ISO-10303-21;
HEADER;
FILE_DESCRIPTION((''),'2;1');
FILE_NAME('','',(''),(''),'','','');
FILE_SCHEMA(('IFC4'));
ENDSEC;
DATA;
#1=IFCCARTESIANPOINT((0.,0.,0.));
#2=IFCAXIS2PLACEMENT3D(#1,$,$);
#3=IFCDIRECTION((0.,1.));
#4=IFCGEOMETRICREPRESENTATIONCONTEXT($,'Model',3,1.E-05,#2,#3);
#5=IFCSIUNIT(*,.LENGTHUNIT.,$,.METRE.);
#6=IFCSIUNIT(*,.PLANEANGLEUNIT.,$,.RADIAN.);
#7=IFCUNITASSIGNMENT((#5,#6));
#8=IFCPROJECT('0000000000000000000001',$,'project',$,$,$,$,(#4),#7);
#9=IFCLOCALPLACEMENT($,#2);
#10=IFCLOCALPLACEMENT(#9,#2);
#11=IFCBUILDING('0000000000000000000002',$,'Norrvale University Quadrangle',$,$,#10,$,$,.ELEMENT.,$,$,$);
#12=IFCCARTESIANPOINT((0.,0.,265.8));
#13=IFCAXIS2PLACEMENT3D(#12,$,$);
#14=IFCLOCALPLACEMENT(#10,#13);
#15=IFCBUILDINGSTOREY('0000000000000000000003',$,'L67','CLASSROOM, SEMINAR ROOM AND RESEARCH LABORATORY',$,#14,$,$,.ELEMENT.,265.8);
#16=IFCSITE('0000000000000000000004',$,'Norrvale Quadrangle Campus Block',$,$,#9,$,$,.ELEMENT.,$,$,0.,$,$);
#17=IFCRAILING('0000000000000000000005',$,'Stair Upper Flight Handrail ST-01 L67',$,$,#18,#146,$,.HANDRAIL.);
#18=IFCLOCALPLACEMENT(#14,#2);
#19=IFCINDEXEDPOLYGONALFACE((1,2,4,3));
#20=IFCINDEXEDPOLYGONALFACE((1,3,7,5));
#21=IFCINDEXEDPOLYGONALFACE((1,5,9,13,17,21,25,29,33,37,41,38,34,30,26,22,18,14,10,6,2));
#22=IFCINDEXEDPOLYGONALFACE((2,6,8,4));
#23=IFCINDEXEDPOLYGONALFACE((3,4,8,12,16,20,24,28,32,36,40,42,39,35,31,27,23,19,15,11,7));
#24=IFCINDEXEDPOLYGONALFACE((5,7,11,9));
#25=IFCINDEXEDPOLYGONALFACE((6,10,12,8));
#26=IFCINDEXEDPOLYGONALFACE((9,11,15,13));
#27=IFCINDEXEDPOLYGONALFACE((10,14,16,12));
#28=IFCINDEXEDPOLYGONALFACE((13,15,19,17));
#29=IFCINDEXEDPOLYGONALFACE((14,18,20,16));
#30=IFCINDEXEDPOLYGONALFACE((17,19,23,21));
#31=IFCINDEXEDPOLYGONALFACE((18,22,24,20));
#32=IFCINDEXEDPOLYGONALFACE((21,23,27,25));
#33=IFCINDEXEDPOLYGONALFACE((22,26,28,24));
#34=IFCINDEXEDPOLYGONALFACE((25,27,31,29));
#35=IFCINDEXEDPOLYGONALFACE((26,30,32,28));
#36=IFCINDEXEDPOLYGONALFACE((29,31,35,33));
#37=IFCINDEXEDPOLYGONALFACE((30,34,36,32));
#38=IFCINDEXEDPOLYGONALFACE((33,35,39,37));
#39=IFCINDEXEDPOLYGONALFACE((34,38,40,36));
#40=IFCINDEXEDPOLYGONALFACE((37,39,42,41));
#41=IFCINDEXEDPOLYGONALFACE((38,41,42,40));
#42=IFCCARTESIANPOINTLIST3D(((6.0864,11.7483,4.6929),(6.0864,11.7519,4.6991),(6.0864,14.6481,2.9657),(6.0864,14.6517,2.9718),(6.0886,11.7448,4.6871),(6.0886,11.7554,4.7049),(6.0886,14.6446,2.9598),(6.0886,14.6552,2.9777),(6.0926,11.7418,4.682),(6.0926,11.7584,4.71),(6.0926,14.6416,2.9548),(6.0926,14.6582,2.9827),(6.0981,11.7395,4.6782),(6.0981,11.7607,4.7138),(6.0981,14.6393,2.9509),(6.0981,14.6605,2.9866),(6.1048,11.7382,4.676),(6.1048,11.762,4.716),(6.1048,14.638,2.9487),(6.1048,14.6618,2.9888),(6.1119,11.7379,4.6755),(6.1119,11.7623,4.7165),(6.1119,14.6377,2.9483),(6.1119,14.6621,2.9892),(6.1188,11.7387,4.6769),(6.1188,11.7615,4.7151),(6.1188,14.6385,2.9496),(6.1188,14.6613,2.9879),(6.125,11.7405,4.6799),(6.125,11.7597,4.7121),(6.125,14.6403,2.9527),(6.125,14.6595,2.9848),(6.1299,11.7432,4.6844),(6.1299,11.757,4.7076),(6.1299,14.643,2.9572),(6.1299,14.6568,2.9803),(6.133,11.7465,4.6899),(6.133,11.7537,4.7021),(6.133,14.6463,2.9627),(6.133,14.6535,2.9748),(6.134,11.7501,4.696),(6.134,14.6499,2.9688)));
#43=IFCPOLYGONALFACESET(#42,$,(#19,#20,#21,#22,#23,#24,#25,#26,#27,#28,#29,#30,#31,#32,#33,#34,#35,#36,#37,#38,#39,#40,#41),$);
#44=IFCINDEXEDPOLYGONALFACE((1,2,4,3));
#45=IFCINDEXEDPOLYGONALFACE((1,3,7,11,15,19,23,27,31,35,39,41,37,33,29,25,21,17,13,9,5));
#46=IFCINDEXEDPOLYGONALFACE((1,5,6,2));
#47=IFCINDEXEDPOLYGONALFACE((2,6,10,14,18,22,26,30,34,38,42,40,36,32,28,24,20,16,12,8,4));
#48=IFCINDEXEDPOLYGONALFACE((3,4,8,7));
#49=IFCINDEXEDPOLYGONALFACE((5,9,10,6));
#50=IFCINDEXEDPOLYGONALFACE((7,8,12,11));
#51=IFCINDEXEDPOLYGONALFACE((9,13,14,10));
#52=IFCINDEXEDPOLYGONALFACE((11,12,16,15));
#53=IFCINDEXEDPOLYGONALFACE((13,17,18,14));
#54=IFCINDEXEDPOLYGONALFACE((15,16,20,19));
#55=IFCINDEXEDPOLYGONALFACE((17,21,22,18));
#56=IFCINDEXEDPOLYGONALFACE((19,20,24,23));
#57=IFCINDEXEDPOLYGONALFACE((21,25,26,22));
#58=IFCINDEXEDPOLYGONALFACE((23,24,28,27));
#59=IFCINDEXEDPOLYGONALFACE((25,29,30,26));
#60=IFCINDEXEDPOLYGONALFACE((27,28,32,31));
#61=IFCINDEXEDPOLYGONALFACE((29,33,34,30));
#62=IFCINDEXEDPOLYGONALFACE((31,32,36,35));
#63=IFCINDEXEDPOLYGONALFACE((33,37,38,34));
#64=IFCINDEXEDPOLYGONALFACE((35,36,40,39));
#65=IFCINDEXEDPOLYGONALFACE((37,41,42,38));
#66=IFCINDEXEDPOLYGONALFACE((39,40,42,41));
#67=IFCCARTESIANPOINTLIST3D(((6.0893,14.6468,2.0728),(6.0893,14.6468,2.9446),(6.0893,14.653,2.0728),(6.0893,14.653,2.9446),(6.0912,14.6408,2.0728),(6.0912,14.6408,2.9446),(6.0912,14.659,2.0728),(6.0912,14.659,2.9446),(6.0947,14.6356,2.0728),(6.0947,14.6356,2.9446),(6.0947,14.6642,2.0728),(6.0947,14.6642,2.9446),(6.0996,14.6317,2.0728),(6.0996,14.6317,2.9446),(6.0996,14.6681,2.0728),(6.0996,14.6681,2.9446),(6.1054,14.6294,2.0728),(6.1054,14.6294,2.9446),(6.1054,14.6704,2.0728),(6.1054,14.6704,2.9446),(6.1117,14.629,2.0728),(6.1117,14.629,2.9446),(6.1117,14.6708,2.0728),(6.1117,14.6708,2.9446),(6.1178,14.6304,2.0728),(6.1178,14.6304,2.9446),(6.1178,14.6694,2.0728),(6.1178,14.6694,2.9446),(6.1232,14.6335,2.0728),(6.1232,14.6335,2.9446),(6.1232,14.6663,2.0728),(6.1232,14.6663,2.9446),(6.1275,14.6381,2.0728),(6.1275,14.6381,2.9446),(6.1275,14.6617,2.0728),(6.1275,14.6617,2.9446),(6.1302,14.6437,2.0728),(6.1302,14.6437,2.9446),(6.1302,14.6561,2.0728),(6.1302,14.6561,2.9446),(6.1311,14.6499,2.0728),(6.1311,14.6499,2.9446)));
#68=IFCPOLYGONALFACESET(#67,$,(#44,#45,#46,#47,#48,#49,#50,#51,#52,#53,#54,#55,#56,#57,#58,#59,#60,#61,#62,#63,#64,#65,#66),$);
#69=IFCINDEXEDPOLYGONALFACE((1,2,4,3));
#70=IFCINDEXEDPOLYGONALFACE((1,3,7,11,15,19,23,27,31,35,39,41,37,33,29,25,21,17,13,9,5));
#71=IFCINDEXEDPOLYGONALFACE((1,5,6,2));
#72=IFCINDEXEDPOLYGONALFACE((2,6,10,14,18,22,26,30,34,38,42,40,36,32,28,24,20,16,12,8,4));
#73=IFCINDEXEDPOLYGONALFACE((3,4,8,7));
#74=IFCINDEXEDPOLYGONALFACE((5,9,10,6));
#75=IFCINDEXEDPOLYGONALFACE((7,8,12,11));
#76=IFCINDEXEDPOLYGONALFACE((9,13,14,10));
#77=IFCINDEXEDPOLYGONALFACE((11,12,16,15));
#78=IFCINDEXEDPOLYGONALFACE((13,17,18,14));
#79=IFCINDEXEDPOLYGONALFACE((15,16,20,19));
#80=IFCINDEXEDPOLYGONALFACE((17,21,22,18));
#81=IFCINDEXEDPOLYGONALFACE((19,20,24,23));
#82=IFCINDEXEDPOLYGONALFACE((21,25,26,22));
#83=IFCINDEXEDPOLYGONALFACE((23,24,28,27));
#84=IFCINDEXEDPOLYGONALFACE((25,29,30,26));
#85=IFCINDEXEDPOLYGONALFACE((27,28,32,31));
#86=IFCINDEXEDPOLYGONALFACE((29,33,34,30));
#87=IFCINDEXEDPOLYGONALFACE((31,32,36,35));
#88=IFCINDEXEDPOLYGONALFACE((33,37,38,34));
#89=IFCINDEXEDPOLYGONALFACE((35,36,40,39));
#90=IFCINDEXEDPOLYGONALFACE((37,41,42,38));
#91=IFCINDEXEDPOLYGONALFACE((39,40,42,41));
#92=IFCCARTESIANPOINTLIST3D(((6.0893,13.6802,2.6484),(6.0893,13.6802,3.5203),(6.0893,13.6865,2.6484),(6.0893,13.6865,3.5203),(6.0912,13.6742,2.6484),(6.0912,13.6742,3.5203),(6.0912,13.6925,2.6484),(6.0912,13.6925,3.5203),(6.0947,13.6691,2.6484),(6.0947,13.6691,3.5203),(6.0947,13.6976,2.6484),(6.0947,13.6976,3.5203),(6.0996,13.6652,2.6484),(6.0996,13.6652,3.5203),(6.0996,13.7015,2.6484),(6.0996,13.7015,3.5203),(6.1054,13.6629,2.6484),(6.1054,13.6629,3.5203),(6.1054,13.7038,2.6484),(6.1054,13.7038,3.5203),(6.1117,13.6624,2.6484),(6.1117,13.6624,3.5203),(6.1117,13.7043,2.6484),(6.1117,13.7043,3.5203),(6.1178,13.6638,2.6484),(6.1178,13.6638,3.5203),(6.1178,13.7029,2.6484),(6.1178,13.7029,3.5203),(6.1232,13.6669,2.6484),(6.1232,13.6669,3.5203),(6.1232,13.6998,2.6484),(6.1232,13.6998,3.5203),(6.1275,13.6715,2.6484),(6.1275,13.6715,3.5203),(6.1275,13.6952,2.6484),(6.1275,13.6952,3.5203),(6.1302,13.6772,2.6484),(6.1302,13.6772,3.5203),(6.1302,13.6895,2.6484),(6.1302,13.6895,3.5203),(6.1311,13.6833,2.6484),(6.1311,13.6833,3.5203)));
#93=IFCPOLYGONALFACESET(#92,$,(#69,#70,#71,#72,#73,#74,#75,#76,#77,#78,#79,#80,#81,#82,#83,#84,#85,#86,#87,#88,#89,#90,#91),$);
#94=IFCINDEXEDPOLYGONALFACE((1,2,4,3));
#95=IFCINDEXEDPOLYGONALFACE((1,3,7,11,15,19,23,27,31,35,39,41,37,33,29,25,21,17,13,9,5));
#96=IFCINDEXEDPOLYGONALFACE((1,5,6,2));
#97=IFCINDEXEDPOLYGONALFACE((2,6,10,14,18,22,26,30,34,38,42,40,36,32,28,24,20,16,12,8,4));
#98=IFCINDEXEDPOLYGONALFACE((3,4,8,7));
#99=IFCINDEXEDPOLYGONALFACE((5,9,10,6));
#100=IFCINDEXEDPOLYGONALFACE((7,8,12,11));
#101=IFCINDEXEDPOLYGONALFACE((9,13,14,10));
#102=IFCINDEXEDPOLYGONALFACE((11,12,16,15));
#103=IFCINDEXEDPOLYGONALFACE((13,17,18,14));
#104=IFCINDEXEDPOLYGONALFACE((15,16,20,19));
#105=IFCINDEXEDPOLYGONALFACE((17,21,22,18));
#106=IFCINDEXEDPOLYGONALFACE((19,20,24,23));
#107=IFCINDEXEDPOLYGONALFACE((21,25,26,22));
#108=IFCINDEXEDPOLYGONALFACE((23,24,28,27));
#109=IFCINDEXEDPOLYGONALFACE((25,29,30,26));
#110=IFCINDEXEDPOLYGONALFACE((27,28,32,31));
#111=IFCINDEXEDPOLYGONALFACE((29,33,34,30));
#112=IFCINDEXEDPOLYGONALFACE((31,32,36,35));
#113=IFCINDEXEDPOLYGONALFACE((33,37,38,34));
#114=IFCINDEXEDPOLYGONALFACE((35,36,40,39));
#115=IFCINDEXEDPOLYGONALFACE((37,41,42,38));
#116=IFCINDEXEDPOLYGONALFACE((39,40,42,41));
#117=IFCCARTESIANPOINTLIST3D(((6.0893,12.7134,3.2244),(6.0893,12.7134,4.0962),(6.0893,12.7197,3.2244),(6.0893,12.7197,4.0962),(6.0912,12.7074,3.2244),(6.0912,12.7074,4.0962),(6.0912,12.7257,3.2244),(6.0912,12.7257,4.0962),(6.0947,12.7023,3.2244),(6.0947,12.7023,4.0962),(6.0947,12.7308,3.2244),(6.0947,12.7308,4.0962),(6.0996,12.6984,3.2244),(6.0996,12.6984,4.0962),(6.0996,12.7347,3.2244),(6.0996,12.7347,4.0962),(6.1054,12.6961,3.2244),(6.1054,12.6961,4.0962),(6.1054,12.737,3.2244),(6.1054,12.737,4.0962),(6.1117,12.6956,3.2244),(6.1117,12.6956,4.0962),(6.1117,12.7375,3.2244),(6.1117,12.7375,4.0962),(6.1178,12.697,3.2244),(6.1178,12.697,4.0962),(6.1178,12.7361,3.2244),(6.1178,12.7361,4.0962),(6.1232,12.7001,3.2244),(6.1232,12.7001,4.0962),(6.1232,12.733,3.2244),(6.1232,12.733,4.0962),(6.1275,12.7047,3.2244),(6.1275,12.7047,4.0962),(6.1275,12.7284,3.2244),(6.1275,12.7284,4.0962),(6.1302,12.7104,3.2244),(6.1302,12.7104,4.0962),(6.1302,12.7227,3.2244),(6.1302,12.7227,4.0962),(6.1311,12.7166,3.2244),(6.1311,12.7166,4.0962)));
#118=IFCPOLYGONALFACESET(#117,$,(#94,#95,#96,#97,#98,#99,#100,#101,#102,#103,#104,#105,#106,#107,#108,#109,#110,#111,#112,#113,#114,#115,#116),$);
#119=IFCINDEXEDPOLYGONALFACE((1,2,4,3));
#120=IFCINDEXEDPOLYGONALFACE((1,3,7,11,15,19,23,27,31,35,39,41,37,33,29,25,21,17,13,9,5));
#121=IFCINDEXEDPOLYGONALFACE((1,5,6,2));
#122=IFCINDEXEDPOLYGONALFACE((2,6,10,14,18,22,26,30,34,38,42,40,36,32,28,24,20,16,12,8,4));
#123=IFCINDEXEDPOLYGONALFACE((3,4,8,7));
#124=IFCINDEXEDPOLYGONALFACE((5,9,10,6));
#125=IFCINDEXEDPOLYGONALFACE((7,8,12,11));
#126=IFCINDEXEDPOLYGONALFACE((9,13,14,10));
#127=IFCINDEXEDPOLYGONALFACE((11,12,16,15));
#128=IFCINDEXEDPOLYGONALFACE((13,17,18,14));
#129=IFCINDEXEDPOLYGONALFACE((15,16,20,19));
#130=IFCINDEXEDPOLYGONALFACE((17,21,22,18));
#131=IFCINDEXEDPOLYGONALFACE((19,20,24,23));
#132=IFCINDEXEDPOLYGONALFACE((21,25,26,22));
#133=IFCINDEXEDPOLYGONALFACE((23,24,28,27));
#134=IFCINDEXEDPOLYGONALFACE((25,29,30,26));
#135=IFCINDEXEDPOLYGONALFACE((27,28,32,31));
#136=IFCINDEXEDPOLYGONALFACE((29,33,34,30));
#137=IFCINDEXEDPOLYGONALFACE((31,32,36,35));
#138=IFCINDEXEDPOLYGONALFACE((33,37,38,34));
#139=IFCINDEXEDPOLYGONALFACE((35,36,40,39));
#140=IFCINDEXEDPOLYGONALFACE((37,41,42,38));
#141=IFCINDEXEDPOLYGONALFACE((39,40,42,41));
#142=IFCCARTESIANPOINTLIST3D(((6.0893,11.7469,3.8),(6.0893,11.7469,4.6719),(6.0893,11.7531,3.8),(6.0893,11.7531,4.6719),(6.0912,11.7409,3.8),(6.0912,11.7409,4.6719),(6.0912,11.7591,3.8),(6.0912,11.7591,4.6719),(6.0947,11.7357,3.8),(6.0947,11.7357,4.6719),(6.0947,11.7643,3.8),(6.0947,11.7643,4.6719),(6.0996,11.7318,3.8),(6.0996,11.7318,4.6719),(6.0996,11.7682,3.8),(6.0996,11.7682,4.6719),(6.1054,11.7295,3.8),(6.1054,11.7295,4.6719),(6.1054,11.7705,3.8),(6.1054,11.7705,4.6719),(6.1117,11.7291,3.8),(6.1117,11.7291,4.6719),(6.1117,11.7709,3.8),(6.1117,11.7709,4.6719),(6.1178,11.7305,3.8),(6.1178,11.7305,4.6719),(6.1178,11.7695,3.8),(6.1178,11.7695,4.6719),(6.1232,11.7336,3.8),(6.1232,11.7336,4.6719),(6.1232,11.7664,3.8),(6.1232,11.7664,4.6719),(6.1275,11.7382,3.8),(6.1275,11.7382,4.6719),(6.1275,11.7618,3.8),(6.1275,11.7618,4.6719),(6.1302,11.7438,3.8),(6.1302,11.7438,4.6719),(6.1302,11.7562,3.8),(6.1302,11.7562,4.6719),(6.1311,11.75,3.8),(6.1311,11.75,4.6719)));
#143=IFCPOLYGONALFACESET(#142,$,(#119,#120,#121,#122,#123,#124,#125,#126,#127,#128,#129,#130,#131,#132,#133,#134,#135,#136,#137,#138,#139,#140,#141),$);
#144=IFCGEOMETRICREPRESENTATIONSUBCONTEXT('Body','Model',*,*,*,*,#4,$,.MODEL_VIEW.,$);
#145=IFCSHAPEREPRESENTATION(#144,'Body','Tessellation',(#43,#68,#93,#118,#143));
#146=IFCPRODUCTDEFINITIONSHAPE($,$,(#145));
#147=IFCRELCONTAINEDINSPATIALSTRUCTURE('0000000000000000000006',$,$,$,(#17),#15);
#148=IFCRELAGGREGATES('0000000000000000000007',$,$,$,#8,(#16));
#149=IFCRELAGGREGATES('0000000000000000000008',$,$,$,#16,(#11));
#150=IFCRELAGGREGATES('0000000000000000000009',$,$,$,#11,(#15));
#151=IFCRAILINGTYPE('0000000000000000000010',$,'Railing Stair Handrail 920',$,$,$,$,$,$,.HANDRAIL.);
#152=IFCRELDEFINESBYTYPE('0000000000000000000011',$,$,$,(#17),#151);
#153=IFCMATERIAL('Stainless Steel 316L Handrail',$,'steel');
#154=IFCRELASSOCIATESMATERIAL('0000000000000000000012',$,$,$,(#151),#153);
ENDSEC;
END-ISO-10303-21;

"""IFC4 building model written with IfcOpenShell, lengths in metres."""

from ifc_helpers import new_model, si_unit, direction, frame, origin, origin_2d, place, context, subcontext, project, spatial, circle, extrude, material, type_object, element, save


model = new_model("IFC4")

# Units and contexts
model_context = context("Model", 3, precision=1e-05, world=origin(), true_north=direction((0.0, 1.0)))
body_context = subcontext(model_context, "Body", "Model", "MODEL_VIEW")
ifc_project = project(units=[si_unit("LENGTHUNIT", "METRE"), si_unit("PLANEANGLEUNIT", "RADIAN")], contexts=[model_context])

# Site, building, storey
site_placement = place(None, origin())
site = spatial("IfcSite", under=ifc_project, at=site_placement, Name="Norrvale Quadrangle Campus Block", CompositionType="ELEMENT", RefElevation=0.0)
building_placement = place(site_placement, origin())
building = spatial("IfcBuilding", under=site, at=building_placement, Name="Norrvale University Quadrangle", CompositionType="ELEMENT")
storey_placement = place(building_placement, frame((0.0, 0.0, 265.8)))
storey = spatial("IfcBuildingStorey", under=building, at=storey_placement, Name="L67", Description="CLASSROOM, SEMINAR ROOM AND RESEARCH LABORATORY", CompositionType="ELEMENT", Elevation=265.8)

# Railing
ifc_material_1 = material(Name="Stainless Steel 316L Handrail", Category="steel")
railing_type_1 = type_object("IfcRailingType", Name="Railing Stair Handrail 920", PredefinedType="HANDRAIL", material=ifc_material_1)
railing_1_placement = place(storey_placement, frame((6.1101, 14.6499, 2.0728)))
element("IfcRailing", 1, at=railing_1_placement, inside=storey, type_object=railing_type_1, Name="Stair Upper Flight Handrail ST-01 L67", PredefinedType="HANDRAIL", context=body_context, shape_type="SweptSolid", body=[
    extrude(circle(Radius=0.0239, at=origin_2d()), frame((0.0, 0.0, 0.896), z_axis=(0.0, -0.859141, 0.511738), x_axis=(1.0, 0.0, 0.0)), (0.0, 0.0, 1.0), 3.3752),
    extrude(circle(Radius=0.021, at=origin_2d()), origin(), (0.0, 0.0, 1.0), 0.8718),
    extrude(circle(Radius=0.021, at=origin_2d()), frame((0.0, -0.9666, 0.5757)), (0.0, 0.0, 1.0), 0.8718),
    extrude(circle(Radius=0.021, at=origin_2d()), frame((0.0, -1.9333, 1.1516)), (0.0, 0.0, 1.0), 0.8718),
    extrude(circle(Radius=0.021, at=origin_2d()), frame((0.0, -2.8999, 1.7273)), (0.0, 0.0, 1.0), 0.8718),
])

save(model, "model.ifc")
